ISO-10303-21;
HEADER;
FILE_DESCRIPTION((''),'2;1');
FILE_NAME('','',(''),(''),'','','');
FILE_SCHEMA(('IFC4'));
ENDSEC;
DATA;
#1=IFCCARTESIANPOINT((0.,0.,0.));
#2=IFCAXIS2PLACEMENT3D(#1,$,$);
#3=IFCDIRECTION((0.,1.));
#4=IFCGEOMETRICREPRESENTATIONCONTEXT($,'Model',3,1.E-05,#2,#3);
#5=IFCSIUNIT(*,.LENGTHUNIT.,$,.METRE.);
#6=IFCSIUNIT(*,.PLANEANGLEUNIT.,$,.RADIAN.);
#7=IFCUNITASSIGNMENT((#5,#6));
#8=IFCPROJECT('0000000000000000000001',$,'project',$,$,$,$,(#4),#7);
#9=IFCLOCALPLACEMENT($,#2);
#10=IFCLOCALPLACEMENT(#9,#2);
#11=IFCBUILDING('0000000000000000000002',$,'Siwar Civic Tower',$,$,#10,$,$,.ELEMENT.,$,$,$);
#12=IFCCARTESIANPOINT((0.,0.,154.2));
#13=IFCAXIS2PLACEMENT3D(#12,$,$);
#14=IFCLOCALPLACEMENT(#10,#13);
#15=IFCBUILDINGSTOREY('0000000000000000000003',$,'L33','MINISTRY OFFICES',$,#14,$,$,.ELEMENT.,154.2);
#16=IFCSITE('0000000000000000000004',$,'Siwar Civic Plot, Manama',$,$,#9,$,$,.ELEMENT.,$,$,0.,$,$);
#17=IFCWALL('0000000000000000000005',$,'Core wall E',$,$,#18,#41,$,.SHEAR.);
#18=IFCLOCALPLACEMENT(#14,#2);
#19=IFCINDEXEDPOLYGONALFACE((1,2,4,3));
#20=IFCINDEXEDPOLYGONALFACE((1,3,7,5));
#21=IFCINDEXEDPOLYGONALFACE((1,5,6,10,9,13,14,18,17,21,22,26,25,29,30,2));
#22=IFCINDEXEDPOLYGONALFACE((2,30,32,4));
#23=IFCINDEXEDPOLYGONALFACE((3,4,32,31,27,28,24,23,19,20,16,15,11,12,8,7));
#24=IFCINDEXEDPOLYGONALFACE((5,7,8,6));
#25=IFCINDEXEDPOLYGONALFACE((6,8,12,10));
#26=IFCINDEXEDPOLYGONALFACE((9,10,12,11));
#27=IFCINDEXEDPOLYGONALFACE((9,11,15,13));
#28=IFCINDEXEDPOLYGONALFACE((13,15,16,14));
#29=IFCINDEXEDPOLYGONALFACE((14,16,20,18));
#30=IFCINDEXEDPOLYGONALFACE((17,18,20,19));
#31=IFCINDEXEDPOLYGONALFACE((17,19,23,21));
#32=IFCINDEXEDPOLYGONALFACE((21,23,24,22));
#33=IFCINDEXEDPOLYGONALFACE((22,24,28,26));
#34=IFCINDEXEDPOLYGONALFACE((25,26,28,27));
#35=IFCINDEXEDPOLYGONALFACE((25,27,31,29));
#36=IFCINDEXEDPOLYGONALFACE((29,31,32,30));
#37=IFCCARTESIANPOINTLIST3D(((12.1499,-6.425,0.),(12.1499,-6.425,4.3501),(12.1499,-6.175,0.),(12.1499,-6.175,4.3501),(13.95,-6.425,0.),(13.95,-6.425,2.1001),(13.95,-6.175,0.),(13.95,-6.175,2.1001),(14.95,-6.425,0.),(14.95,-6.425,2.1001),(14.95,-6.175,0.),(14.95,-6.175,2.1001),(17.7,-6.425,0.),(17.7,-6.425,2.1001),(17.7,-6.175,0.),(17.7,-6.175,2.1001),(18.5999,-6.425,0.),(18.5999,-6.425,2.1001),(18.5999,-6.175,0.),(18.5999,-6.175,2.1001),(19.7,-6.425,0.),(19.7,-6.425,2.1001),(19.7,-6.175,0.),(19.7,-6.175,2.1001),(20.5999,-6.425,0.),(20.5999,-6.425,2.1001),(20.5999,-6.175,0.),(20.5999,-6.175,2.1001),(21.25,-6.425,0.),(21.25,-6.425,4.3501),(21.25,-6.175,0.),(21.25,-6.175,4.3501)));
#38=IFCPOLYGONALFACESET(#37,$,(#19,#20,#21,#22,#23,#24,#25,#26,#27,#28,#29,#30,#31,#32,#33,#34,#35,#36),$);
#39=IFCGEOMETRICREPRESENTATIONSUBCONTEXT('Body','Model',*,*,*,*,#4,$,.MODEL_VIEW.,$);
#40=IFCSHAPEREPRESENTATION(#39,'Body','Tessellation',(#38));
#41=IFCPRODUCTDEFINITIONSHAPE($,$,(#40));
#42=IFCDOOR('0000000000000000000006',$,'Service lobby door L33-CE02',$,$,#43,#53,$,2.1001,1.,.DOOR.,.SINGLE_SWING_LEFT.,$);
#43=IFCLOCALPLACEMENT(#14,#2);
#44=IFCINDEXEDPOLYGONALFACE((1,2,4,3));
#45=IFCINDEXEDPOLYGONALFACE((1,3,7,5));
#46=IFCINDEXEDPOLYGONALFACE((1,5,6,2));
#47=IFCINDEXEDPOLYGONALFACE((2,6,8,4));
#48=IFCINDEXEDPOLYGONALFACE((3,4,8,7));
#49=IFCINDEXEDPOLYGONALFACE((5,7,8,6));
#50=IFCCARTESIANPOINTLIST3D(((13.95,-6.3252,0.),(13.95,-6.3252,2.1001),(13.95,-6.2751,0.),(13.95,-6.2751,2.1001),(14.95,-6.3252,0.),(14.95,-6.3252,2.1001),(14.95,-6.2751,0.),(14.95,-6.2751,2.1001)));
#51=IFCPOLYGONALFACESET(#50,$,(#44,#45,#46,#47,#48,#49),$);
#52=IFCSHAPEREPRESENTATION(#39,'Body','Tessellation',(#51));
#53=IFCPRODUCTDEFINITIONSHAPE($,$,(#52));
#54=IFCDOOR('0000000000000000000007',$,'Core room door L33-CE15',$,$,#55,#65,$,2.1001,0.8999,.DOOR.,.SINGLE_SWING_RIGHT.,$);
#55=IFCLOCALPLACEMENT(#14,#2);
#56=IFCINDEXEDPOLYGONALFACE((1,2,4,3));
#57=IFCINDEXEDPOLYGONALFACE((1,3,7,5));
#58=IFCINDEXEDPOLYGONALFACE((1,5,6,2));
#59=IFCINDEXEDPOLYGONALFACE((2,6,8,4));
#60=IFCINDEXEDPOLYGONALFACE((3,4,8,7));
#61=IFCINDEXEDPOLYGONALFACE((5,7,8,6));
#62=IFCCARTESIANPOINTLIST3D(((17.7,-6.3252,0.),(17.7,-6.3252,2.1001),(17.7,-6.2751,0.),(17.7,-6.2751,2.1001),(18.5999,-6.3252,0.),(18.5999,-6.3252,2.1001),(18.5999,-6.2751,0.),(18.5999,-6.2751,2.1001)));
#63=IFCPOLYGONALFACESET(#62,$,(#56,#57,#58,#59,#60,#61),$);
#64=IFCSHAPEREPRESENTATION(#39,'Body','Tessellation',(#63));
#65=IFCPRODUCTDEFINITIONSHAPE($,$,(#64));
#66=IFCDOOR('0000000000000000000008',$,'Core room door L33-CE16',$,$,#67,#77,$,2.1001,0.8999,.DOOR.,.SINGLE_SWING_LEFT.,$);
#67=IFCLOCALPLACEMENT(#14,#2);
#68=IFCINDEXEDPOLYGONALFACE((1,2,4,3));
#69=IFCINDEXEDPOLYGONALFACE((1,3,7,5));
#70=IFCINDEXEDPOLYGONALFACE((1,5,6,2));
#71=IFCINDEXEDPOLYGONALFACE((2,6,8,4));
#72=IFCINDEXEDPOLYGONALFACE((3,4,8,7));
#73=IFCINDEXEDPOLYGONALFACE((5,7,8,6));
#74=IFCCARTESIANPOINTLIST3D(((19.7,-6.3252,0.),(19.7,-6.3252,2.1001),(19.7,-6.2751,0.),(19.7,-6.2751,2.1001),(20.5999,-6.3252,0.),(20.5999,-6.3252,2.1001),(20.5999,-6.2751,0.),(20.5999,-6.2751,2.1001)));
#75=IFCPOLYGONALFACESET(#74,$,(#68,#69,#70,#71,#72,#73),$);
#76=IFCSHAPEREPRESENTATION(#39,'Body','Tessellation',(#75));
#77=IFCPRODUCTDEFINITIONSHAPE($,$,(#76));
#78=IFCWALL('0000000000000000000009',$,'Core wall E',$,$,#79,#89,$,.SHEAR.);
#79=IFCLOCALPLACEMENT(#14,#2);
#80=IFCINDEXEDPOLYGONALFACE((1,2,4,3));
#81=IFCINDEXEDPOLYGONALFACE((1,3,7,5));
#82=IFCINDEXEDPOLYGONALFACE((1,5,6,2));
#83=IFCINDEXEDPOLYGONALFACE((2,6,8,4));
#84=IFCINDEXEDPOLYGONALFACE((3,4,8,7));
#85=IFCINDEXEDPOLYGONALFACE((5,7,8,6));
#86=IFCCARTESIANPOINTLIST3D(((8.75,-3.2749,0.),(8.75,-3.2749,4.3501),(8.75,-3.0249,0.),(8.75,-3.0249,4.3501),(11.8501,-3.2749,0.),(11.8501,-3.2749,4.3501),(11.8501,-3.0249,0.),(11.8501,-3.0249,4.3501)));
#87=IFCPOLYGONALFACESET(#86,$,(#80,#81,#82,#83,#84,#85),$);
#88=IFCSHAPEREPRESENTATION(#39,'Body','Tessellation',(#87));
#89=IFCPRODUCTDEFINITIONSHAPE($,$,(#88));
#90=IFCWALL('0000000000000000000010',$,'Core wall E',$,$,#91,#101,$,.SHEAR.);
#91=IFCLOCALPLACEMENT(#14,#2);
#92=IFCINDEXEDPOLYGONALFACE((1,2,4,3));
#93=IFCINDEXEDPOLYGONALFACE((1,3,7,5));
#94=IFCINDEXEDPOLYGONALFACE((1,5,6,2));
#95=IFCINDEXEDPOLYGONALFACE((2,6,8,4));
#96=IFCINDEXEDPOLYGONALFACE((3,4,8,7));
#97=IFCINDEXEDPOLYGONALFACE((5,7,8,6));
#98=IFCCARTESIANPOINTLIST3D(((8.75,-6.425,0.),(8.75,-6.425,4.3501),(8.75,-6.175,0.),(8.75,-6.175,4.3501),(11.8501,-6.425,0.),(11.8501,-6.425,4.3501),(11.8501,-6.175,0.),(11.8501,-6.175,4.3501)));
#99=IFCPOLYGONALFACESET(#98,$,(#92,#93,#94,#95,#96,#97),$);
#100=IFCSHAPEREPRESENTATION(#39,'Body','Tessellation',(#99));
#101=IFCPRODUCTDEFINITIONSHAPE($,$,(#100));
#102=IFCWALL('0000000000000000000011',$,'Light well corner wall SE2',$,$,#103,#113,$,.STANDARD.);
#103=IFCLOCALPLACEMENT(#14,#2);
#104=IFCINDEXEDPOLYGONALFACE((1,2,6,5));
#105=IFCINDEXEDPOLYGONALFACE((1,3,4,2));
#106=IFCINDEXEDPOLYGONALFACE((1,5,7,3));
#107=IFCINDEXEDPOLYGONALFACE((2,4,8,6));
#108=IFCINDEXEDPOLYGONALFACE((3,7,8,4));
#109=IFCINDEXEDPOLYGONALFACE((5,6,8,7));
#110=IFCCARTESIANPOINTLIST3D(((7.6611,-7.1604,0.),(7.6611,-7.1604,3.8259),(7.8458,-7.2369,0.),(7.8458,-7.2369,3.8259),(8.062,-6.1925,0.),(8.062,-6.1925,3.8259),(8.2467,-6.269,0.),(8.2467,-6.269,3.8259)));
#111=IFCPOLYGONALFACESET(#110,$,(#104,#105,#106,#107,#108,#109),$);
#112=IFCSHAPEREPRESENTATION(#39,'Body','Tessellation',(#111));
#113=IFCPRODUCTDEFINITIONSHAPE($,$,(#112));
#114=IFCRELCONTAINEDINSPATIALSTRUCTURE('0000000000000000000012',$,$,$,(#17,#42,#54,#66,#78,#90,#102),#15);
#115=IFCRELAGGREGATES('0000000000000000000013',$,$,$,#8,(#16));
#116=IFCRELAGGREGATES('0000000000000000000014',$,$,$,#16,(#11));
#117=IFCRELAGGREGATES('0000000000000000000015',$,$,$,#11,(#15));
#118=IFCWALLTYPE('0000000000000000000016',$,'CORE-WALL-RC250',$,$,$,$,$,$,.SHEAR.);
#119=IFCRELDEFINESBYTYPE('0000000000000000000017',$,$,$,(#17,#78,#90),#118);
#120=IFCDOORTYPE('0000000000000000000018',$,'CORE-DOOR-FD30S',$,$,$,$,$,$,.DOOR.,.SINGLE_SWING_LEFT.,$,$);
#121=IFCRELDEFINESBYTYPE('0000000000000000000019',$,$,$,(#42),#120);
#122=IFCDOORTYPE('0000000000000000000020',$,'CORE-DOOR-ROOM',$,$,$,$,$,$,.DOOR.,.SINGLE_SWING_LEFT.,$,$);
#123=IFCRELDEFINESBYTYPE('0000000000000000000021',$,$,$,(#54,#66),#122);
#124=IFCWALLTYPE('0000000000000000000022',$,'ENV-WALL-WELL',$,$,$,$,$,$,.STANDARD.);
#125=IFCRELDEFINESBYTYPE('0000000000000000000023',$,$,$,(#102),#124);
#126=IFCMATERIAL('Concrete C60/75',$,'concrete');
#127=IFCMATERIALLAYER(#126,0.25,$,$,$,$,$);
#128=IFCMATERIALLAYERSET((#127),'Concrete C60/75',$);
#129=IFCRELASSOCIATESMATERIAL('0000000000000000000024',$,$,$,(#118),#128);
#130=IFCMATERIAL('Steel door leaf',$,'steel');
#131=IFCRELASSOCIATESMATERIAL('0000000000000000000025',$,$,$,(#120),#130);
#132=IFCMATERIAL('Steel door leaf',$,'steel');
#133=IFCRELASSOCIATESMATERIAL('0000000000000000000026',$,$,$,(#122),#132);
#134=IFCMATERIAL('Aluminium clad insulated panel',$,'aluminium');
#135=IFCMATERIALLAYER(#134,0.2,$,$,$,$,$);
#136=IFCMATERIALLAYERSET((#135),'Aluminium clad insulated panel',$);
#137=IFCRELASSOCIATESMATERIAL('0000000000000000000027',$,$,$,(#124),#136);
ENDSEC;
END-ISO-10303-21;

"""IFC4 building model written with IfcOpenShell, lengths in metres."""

from ifc_helpers import new_model, si_unit, direction, frame, frame_2d, origin, place, context, subcontext, project, spatial, rectangle, extrude, material, layer, layer_set, type_object, element, fill, save


model = new_model("IFC4")

# Units and contexts
model_context = context("Model", 3, precision=1e-05, world=origin(), true_north=direction((0.0, 1.0)))
body_context = subcontext(model_context, "Body", "Model", "MODEL_VIEW")
ifc_project = project(units=[si_unit("LENGTHUNIT", "METRE"), si_unit("PLANEANGLEUNIT", "RADIAN")], contexts=[model_context])

# Site, building, storey
site_placement = place(None, origin())
site = spatial("IfcSite", under=ifc_project, at=site_placement, Name="Siwar Civic Plot, Manama", CompositionType="ELEMENT", RefElevation=0.0)
building_placement = place(site_placement, origin())
building = spatial("IfcBuilding", under=site, at=building_placement, Name="Siwar Civic Tower", CompositionType="ELEMENT")
storey_placement = place(building_placement, frame((0.0, 0.0, 154.2)))
storey = spatial("IfcBuildingStorey", under=building, at=storey_placement, Name="L33", Description="MINISTRY OFFICES", CompositionType="ELEMENT", Elevation=154.2)

# Wall, openings, doors
ifc_material_1 = material(Name="Concrete C60/75", Category="concrete")
ifc_layer_1 = layer(ifc_material_1, 0.25)
ifc_layer_set_1 = layer_set([ifc_layer_1], Name="Concrete C60/75")
wall_type_1 = type_object("IfcWallType", Name="CORE-WALL-RC250", PredefinedType="SHEAR", material=ifc_layer_set_1)
wall_1_placement = place(storey_placement, frame((12.1499, -6.3, 0.0), z_axis=(0.0, 0.0, 1.0), x_axis=(1.0, 0.0, 0.0)))
wall_1 = element("IfcWall", 1, at=wall_1_placement, inside=storey, type_object=wall_type_1, Name="Core wall E", PredefinedType="SHEAR", context=body_context, shape_type="SweptSolid", body=[
    extrude(rectangle(XDim=9.1001, YDim=0.25, at=frame_2d((4.55, 0.0))), origin(), (0.0, 0.0, 1.0), 4.3501),
])
opening_1_placement = place(wall_1_placement, frame((1.8, 0.0, 0.0)))
opening_1 = element("IfcOpeningElement", 2, at=opening_1_placement, cuts=wall_1, PredefinedType="OPENING", context=body_context, shape_type="SweptSolid", body=[
    extrude(rectangle(XDim=1.0, YDim=2.1001, at=frame_2d((0.5, 1.05))), frame((0.0, 0.135, 0.0), z_axis=(0.0, -1.0, 0.0), x_axis=(1.0, 0.0, 0.0)), (0.0, 0.0, 1.0), 0.27),
])
opening_2_placement = place(wall_1_placement, frame((5.55, 0.0, 0.0)))
opening_2 = element("IfcOpeningElement", 3, at=opening_2_placement, cuts=wall_1, PredefinedType="OPENING", context=body_context, shape_type="SweptSolid", body=[
    extrude(rectangle(XDim=0.8999, YDim=2.1001, at=frame_2d((0.45, 1.05))), frame((0.0, 0.135, 0.0), z_axis=(0.0, -1.0, 0.0), x_axis=(1.0, 0.0, 0.0)), (0.0, 0.0, 1.0), 0.27),
])
opening_3_placement = place(wall_1_placement, frame((7.55, 0.0, 0.0)))
opening_3 = element("IfcOpeningElement", 4, at=opening_3_placement, cuts=wall_1, PredefinedType="OPENING", context=body_context, shape_type="SweptSolid", body=[
    extrude(rectangle(XDim=0.8999, YDim=2.1001, at=frame_2d((0.45, 1.05))), frame((0.0, 0.135, 0.0), z_axis=(0.0, -1.0, 0.0), x_axis=(1.0, 0.0, 0.0)), (0.0, 0.0, 1.0), 0.27),
])
ifc_material_2 = material(Name="Steel door leaf", Category="steel")
door_type_1 = type_object("IfcDoorType", Name="CORE-DOOR-FD30S", OperationType="SINGLE_SWING_LEFT", PredefinedType="DOOR", material=ifc_material_2)
door_1_placement = place(opening_1_placement, origin())
door_1 = element("IfcDoor", 5, at=door_1_placement, inside=storey, type_object=door_type_1, Name="Service lobby door L33-CE02", OperationType="SINGLE_SWING_LEFT", OverallHeight=2.1001, OverallWidth=1.0, PredefinedType="DOOR", context=body_context, shape_type="SweptSolid", body=[
    extrude(rectangle(XDim=1.0, YDim=2.1001, at=frame_2d((0.5, 1.05))), frame((0.0, 0.0249, 0.0), z_axis=(0.0, -1.0, 0.0), x_axis=(1.0, 0.0, 0.0)), (0.0, 0.0, 1.0), 0.05),
])
fill(opening_1, door_1)
ifc_material_3 = material(Name="Steel door leaf", Category="steel")
door_type_2 = type_object("IfcDoorType", Name="CORE-DOOR-ROOM", OperationType="SINGLE_SWING_LEFT", PredefinedType="DOOR", material=ifc_material_3)
door_2_placement = place(opening_2_placement, origin())
door_2 = element("IfcDoor", 6, at=door_2_placement, inside=storey, type_object=door_type_2, Name="Core room door L33-CE15", OperationType="SINGLE_SWING_RIGHT", OverallHeight=2.1001, OverallWidth=0.8999, PredefinedType="DOOR", context=body_context, shape_type="SweptSolid", body=[
    extrude(rectangle(XDim=0.8999, YDim=2.1001, at=frame_2d((0.45, 1.05))), frame((0.0, 0.0249, 0.0), z_axis=(0.0, -1.0, 0.0), x_axis=(1.0, 0.0, 0.0)), (0.0, 0.0, 1.0), 0.05),
])
fill(opening_2, door_2)
door_3_placement = place(opening_3_placement, origin())
door_3 = element("IfcDoor", 7, at=door_3_placement, inside=storey, type_object=door_type_2, Name="Core room door L33-CE16", OperationType="SINGLE_SWING_LEFT", OverallHeight=2.1001, OverallWidth=0.8999, PredefinedType="DOOR", context=body_context, shape_type="SweptSolid", body=[
    extrude(rectangle(XDim=0.8999, YDim=2.1001, at=frame_2d((0.45, 1.05))), frame((0.0, 0.0249, 0.0), z_axis=(0.0, -1.0, 0.0), x_axis=(1.0, 0.0, 0.0)), (0.0, 0.0, 1.0), 0.05),
])
fill(opening_3, door_3)

# Walls
for number, where, z_axis, x_axis, name in (
    (8, (8.75, -3.1499, 0.0), (0.0, 0.0, 1.0), (1.0, 0.0, 0.0), "Core wall E"),
    (9, (8.75, -6.3, 0.0), (0.0, 0.0, 1.0), (1.0, 0.0, 0.0), "Core wall E"),
):
    element("IfcWall", number, at=place(storey_placement, frame(where, z_axis=z_axis, x_axis=x_axis)), inside=storey, type_object=wall_type_1, Name=name, PredefinedType="SHEAR", context=body_context, shape_type="SweptSolid", body=[
        extrude(rectangle(XDim=3.1001, YDim=0.25, at=frame_2d((1.55, 0.0))), origin(), (0.0, 0.0, 1.0), 4.3501),
    ])
ifc_material_4 = material(Name="Aluminium clad insulated panel", Category="aluminium")
ifc_layer_2 = layer(ifc_material_4, 0.2)
ifc_layer_set_2 = layer_set([ifc_layer_2], Name="Aluminium clad insulated panel")
wall_type_2 = type_object("IfcWallType", Name="ENV-WALL-WELL", PredefinedType="STANDARD", material=ifc_layer_set_2)
wall_2_placement = place(storey_placement, frame((7.7534, -7.1987, 0.0), z_axis=(0.0, 0.0, 1.0), x_axis=(0.382695, 0.923875, 0.0)))
element("IfcWall", 10, at=wall_2_placement, inside=storey, type_object=wall_type_2, Name="Light well corner wall SE2", PredefinedType="STANDARD", context=body_context, shape_type="SweptSolid", body=[
    extrude(rectangle(XDim=1.0476, YDim=0.2, at=frame_2d((0.5239, 0.0))), origin(), (0.0, 0.0, 1.0), 3.8259),
])

save(model, "model.ifc")
